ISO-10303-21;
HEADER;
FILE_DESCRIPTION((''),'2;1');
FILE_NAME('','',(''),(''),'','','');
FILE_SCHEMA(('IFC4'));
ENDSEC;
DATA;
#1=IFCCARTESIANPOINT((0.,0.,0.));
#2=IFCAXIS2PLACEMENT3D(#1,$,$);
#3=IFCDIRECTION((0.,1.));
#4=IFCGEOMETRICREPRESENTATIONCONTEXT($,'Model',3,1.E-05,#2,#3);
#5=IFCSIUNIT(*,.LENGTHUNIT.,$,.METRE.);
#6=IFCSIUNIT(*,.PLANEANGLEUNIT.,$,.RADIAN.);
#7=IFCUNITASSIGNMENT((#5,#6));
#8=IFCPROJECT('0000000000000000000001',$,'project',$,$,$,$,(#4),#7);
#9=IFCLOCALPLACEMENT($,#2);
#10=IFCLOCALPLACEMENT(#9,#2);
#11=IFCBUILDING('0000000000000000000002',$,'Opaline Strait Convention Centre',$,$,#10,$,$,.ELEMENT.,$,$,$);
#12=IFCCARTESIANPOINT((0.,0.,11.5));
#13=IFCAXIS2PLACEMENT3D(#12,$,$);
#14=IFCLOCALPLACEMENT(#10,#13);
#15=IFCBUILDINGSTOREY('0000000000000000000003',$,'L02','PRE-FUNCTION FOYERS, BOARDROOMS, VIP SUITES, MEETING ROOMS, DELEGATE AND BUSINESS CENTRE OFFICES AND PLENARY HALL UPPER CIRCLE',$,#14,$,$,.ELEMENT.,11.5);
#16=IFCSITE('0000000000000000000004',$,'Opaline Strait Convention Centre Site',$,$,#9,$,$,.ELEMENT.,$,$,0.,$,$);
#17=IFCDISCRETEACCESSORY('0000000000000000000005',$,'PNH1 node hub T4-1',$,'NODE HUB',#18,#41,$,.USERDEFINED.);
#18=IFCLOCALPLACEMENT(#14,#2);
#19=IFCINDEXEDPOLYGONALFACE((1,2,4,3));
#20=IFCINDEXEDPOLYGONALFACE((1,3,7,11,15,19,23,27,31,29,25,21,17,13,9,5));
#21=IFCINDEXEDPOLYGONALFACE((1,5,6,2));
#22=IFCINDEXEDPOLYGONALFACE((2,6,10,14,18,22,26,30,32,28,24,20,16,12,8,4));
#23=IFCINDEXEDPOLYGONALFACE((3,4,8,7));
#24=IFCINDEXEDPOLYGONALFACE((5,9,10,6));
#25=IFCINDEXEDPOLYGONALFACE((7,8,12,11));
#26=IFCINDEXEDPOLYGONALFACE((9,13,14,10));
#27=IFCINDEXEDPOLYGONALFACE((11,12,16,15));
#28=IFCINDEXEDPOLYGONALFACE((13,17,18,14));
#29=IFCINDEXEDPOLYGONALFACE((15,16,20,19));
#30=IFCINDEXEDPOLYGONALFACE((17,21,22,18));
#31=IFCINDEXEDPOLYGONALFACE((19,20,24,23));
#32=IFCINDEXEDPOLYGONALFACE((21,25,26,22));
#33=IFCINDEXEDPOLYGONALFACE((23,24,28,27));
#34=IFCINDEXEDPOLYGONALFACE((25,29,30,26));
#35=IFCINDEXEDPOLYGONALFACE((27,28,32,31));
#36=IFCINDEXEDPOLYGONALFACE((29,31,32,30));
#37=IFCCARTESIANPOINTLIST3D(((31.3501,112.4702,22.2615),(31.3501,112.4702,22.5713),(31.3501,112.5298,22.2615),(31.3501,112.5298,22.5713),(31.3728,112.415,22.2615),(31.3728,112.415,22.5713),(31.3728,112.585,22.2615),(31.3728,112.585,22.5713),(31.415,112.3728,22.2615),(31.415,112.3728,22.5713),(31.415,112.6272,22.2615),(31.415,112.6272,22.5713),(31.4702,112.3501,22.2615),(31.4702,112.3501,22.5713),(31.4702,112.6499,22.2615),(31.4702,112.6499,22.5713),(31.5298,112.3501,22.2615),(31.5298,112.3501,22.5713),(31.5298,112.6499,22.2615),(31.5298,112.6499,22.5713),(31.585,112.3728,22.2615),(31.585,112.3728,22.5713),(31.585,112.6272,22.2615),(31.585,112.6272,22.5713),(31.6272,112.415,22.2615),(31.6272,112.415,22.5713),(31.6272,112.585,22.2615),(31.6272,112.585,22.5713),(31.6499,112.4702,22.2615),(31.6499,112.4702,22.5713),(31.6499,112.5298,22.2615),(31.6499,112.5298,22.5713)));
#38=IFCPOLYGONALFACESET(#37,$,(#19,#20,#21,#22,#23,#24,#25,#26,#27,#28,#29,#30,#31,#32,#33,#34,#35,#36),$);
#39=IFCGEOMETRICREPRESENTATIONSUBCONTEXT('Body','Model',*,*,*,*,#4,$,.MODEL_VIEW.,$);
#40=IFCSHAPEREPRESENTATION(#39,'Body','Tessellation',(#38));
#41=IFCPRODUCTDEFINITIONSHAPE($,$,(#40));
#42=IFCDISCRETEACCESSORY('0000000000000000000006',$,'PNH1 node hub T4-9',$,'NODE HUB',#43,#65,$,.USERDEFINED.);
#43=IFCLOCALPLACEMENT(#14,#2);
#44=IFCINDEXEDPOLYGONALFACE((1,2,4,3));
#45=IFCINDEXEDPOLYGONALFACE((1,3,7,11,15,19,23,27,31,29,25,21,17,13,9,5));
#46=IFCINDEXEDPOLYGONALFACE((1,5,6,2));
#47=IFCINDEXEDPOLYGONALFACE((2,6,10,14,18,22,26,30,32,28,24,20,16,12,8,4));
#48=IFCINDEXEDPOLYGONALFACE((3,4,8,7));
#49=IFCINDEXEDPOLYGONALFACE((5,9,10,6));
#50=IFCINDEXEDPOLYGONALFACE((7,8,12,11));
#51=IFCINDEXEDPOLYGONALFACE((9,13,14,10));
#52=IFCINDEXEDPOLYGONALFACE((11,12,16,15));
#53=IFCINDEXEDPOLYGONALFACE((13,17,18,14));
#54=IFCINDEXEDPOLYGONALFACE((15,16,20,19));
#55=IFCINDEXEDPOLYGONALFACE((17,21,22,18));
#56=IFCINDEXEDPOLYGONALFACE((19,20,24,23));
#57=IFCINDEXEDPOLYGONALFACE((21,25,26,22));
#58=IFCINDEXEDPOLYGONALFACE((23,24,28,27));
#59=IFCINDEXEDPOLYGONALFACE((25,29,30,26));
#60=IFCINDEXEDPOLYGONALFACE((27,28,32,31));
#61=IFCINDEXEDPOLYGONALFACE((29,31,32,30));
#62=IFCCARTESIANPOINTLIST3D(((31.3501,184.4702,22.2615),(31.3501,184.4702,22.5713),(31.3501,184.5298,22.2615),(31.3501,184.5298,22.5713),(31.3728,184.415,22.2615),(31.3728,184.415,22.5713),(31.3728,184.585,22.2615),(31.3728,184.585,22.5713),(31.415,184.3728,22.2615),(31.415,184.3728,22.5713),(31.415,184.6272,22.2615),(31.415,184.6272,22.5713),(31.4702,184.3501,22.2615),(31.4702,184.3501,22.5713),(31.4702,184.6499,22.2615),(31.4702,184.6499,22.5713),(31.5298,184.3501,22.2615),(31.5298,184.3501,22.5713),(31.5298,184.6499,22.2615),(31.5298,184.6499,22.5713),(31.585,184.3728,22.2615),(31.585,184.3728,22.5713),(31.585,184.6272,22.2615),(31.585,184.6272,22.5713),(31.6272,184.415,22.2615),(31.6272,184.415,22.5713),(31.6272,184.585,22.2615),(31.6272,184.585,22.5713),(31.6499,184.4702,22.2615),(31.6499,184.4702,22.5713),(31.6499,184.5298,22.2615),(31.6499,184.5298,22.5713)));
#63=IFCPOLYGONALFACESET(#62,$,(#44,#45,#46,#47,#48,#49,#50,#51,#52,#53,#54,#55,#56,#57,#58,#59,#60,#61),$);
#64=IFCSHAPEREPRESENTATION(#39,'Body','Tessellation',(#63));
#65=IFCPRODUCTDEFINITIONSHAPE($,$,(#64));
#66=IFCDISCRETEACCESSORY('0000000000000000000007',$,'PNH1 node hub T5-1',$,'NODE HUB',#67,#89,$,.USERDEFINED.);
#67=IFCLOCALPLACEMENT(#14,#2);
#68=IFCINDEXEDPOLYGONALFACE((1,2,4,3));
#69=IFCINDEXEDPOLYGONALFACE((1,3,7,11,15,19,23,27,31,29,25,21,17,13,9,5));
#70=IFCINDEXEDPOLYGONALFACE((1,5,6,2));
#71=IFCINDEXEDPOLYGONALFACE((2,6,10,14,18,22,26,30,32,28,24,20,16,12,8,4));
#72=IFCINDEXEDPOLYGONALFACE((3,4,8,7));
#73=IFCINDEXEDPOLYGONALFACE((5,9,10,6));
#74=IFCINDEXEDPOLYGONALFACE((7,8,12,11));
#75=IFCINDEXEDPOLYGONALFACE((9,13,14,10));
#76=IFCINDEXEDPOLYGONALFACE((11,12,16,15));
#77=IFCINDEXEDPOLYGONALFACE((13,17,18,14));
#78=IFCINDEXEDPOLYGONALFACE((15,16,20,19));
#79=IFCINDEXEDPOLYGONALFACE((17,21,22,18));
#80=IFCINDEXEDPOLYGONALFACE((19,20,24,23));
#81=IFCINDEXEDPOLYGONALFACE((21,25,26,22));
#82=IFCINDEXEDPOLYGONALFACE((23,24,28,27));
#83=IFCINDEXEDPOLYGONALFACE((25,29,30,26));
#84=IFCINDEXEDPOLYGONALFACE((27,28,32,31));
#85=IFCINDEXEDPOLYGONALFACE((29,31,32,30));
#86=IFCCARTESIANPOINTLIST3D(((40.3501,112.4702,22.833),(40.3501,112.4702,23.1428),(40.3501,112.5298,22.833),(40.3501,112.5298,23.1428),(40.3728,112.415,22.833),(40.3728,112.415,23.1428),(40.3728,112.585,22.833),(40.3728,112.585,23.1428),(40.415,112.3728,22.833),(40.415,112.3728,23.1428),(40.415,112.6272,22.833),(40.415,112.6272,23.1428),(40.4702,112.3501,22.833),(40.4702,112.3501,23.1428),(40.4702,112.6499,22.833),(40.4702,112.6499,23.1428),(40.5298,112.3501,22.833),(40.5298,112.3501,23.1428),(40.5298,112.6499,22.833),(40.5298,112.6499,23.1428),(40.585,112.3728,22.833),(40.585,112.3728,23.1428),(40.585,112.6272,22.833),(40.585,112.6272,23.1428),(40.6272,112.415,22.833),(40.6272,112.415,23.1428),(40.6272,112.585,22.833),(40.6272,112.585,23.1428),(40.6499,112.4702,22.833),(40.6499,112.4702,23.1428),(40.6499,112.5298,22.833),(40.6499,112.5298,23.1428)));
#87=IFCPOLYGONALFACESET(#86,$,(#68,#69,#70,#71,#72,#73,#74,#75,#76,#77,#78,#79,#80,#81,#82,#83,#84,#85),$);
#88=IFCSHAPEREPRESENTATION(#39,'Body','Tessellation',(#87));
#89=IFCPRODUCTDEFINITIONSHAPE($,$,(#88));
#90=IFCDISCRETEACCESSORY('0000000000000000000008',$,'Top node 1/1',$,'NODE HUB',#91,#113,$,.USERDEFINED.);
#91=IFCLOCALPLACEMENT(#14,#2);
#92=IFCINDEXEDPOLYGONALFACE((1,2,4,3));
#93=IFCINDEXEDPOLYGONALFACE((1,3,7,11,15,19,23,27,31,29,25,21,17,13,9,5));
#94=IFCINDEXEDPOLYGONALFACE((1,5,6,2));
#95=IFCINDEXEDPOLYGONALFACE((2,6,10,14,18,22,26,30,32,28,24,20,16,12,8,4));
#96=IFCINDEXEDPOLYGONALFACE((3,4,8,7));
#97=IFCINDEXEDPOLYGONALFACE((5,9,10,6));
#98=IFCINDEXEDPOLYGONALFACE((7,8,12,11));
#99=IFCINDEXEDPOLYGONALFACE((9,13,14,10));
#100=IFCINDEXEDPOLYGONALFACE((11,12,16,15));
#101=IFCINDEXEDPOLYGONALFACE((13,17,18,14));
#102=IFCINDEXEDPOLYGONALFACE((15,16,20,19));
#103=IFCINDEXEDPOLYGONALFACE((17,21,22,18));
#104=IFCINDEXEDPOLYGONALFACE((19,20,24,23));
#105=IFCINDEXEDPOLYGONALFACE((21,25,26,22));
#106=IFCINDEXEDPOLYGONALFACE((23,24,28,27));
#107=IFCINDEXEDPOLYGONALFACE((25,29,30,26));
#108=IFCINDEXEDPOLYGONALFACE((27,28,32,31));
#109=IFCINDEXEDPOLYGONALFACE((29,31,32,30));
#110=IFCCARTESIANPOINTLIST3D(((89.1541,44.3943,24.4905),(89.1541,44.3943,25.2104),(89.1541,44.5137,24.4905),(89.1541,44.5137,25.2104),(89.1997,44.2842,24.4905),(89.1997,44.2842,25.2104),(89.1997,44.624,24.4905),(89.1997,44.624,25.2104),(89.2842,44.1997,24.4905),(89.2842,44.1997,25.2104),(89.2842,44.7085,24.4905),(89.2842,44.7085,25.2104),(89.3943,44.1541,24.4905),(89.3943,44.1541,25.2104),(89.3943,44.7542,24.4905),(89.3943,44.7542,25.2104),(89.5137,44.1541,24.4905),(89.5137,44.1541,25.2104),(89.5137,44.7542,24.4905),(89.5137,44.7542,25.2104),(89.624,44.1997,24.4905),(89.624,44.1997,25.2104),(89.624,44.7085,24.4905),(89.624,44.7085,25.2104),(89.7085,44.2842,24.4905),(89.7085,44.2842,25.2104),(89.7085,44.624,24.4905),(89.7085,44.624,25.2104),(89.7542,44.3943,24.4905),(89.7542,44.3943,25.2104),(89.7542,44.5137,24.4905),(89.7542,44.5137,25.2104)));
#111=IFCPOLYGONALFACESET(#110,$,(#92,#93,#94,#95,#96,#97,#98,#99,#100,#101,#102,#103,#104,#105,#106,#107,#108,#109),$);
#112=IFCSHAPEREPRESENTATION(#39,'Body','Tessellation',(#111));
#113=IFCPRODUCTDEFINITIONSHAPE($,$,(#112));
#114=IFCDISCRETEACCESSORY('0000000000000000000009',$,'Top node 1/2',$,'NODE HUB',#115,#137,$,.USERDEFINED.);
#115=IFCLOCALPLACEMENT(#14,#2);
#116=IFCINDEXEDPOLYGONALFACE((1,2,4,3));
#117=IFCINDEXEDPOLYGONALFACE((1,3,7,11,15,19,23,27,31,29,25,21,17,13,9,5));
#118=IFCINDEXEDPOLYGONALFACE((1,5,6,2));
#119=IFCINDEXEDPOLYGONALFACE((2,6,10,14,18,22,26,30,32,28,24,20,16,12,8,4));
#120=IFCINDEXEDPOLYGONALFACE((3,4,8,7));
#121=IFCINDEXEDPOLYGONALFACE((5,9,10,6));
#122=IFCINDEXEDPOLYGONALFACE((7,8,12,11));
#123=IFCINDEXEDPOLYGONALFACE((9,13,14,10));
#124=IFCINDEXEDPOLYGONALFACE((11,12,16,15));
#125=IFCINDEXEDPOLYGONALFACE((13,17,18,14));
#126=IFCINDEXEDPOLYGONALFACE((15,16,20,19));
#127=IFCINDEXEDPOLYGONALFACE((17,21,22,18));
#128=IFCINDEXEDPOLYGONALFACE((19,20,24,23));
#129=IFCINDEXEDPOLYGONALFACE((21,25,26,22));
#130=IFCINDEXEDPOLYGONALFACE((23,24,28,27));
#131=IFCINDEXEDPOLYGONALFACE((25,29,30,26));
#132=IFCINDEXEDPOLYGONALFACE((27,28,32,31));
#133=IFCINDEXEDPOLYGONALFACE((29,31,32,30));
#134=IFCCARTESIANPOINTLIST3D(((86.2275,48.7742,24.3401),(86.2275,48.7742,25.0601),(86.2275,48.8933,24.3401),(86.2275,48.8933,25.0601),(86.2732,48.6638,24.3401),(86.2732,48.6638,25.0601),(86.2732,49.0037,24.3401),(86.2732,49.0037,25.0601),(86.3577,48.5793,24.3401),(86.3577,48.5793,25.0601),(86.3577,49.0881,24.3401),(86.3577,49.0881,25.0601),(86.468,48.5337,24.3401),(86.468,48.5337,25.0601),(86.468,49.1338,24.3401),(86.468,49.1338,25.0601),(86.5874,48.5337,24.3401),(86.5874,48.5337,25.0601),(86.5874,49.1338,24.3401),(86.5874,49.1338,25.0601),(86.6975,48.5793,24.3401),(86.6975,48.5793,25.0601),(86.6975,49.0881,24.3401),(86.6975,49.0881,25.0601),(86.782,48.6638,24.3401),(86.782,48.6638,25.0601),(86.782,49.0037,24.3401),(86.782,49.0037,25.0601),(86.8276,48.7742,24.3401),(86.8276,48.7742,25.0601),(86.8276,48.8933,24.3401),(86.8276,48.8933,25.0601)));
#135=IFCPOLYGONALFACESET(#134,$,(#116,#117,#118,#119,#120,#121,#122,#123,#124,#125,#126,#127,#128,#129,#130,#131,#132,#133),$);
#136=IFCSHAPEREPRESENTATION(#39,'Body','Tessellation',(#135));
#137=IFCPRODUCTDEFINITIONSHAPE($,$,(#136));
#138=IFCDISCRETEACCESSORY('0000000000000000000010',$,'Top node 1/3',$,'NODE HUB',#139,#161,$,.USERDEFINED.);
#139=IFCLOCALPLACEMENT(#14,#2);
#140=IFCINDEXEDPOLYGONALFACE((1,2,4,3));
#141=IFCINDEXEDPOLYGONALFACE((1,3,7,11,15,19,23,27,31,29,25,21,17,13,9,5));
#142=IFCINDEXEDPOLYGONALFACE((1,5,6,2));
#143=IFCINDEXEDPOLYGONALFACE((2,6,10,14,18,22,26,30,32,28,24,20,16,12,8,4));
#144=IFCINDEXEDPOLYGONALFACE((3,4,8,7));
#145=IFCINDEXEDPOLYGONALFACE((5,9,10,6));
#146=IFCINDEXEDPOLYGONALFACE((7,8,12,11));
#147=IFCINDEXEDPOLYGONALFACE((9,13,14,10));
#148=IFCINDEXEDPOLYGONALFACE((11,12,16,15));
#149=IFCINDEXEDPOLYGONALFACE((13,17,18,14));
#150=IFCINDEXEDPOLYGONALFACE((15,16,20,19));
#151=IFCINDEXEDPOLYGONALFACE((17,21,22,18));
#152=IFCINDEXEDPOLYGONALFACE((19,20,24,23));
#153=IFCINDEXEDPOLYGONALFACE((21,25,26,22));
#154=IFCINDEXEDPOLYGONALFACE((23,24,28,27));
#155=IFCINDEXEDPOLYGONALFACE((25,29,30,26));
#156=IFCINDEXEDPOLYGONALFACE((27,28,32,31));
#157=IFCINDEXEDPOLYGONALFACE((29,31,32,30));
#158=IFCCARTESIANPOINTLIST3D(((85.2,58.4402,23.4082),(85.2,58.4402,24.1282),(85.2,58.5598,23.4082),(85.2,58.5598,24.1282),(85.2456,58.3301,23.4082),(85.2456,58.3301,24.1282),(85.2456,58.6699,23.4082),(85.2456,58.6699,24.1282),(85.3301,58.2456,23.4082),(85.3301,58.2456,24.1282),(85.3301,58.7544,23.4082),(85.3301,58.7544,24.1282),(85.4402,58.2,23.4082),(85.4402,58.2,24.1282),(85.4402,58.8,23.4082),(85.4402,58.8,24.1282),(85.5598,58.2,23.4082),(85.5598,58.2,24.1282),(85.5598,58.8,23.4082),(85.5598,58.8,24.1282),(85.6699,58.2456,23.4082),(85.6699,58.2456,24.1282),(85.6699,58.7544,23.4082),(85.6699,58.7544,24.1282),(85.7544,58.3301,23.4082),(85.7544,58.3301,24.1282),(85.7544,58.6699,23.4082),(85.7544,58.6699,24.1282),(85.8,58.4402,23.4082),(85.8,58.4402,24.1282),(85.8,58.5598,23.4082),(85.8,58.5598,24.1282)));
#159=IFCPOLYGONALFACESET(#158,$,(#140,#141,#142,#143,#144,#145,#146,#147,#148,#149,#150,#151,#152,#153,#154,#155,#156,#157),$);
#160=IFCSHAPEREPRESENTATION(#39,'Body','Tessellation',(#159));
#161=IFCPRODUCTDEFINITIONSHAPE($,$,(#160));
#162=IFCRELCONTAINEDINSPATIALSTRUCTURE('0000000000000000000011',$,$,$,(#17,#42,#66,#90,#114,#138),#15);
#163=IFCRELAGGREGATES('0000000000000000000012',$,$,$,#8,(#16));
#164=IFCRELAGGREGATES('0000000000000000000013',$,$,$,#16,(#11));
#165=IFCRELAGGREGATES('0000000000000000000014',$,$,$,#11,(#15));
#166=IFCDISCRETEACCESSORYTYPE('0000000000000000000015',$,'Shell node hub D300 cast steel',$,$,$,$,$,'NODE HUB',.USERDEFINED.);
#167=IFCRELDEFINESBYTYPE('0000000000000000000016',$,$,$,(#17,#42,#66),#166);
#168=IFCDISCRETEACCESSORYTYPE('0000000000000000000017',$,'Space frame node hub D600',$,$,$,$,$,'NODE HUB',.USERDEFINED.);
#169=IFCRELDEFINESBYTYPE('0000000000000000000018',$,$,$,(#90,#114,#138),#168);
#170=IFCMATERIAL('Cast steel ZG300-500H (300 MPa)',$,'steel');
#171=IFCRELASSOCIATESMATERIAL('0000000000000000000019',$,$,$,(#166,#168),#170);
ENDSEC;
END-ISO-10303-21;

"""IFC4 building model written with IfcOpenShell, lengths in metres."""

from ifc_helpers import new_model, si_unit, direction, frame, origin, place, context, subcontext, project, spatial, polyline, outline, extrude, material, type_object, element, save


model = new_model("IFC4")

# Units and contexts
model_context = context("Model", 3, precision=1e-05, world=origin(), true_north=direction((0.0, 1.0)))
body_context = subcontext(model_context, "Body", "Model", "MODEL_VIEW")
ifc_project = project(units=[si_unit("LENGTHUNIT", "METRE"), si_unit("PLANEANGLEUNIT", "RADIAN")], contexts=[model_context])

# Site, building, storey
site_placement = place(None, origin())
site = spatial("IfcSite", under=ifc_project, at=site_placement, Name="Opaline Strait Convention Centre Site", CompositionType="ELEMENT", RefElevation=0.0)
building_placement = place(site_placement, origin())
building = spatial("IfcBuilding", under=site, at=building_placement, Name="Opaline Strait Convention Centre", CompositionType="ELEMENT")
storey_placement = place(building_placement, frame((0.0, 0.0, 11.5)))
storey = spatial("IfcBuildingStorey", under=building, at=storey_placement, Name="L02", Description="PRE-FUNCTION FOYERS, BOARDROOMS, VIP SUITES, MEETING ROOMS, DELEGATE AND BUSINESS CENTRE OFFICES AND PLENARY HALL UPPER CIRCLE", CompositionType="ELEMENT", Elevation=11.5)

# Discrete accessories
ifc_material = material(Name="Cast steel ZG300-500H (300 MPa)", Category="steel")
discrete_accessory_type_1 = type_object("IfcDiscreteAccessoryType", Name="Shell node hub D300 cast steel", ElementType="NODE HUB", PredefinedType="USERDEFINED", material=ifc_material)
discrete_accessory_1_placement = place(storey_placement, frame((0.0, 0.0, 22.2615)))
element("IfcDiscreteAccessory", 1, at=discrete_accessory_1_placement, inside=storey, type_object=discrete_accessory_type_1, Name="PNH1 node hub T4-1", ObjectType="NODE HUB", PredefinedType="USERDEFINED", context=body_context, shape_type="SweptSolid", body=[
    extrude(outline(polyline([(31.6499, 112.5298), (31.6272, 112.585), (31.585, 112.6272), (31.5298, 112.6499), (31.4702, 112.6499), (31.415, 112.6272), (31.3728, 112.585), (31.3501, 112.5298), (31.3501, 112.4702), (31.3728, 112.415), (31.415, 112.3728), (31.4702, 112.3501), (31.5298, 112.3501), (31.585, 112.3728), (31.6272, 112.415), (31.6499, 112.4702), (31.6499, 112.5298)])), origin(), (0.0, 0.0, 1.0), 0.3098),
])
discrete_accessory_2_placement = place(storey_placement, frame((0.0, 0.0, 22.2615)))
element("IfcDiscreteAccessory", 2, at=discrete_accessory_2_placement, inside=storey, type_object=discrete_accessory_type_1, Name="PNH1 node hub T4-9", ObjectType="NODE HUB", PredefinedType="USERDEFINED", context=body_context, shape_type="SweptSolid", body=[
    extrude(outline(polyline([(31.6499, 184.5298), (31.6272, 184.585), (31.585, 184.6272), (31.5298, 184.6499), (31.4702, 184.6499), (31.415, 184.6272), (31.3728, 184.585), (31.3501, 184.5298), (31.3501, 184.4702), (31.3728, 184.415), (31.415, 184.3728), (31.4702, 184.3501), (31.5298, 184.3501), (31.585, 184.3728), (31.6272, 184.415), (31.6499, 184.4702), (31.6499, 184.5298)])), origin(), (0.0, 0.0, 1.0), 0.3098),
])
discrete_accessory_3_placement = place(storey_placement, frame((0.0, 0.0, 22.833)))
element("IfcDiscreteAccessory", 3, at=discrete_accessory_3_placement, inside=storey, type_object=discrete_accessory_type_1, Name="PNH1 node hub T5-1", ObjectType="NODE HUB", PredefinedType="USERDEFINED", context=body_context, shape_type="SweptSolid", body=[
    extrude(outline(polyline([(40.6499, 112.5298), (40.6272, 112.585), (40.585, 112.6272), (40.5298, 112.6499), (40.4702, 112.6499), (40.415, 112.6272), (40.3728, 112.585), (40.3501, 112.5298), (40.3501, 112.4702), (40.3728, 112.415), (40.415, 112.3728), (40.4702, 112.3501), (40.5298, 112.3501), (40.585, 112.3728), (40.6272, 112.415), (40.6499, 112.4702), (40.6499, 112.5298)])), origin(), (0.0, 0.0, 1.0), 0.3098),
])
discrete_accessory_type_2 = type_object("IfcDiscreteAccessoryType", Name="Space frame node hub D600", ElementType="NODE HUB", PredefinedType="USERDEFINED", material=ifc_material)
discrete_accessory_4_placement = place(storey_placement, frame((0.0, 0.0, 24.4905)))
element("IfcDiscreteAccessory", 4, at=discrete_accessory_4_placement, inside=storey, type_object=discrete_accessory_type_2, Name="Top node 1/1", ObjectType="NODE HUB", PredefinedType="USERDEFINED", context=body_context, shape_type="SweptSolid", body=[
    extrude(outline(polyline([(89.7542, 44.5137), (89.7085, 44.624), (89.624, 44.7085), (89.5137, 44.7542), (89.3943, 44.7542), (89.2842, 44.7085), (89.1997, 44.624), (89.1541, 44.5137), (89.1541, 44.3943), (89.1997, 44.2842), (89.2842, 44.1997), (89.3943, 44.1541), (89.5137, 44.1541), (89.624, 44.1997), (89.7085, 44.2842), (89.7542, 44.3943), (89.7542, 44.5137)])), origin(), (0.0, 0.0, 1.0), 0.72),
])
discrete_accessory_5_placement = place(storey_placement, frame((0.0, 0.0, 24.3401)))
element("IfcDiscreteAccessory", 5, at=discrete_accessory_5_placement, inside=storey, type_object=discrete_accessory_type_2, Name="Top node 1/2", ObjectType="NODE HUB", PredefinedType="USERDEFINED", context=body_context, shape_type="SweptSolid", body=[
    extrude(outline(polyline([(86.8276, 48.8933), (86.782, 49.0037), (86.6975, 49.0881), (86.5874, 49.1338), (86.468, 49.1338), (86.3577, 49.0881), (86.2732, 49.0037), (86.2275, 48.8933), (86.2275, 48.7742), (86.2732, 48.6638), (86.3577, 48.5793), (86.468, 48.5337), (86.5874, 48.5337), (86.6975, 48.5793), (86.782, 48.6638), (86.8276, 48.7742), (86.8276, 48.8933)])), origin(), (0.0, 0.0, 1.0), 0.72),
])
discrete_accessory_6_placement = place(storey_placement, frame((0.0, 0.0, 23.4082)))
element("IfcDiscreteAccessory", 6, at=discrete_accessory_6_placement, inside=storey, type_object=discrete_accessory_type_2, Name="Top node 1/3", ObjectType="NODE HUB", PredefinedType="USERDEFINED", context=body_context, shape_type="SweptSolid", body=[
    extrude(outline(polyline([(85.8, 58.5598), (85.7544, 58.6699), (85.6699, 58.7544), (85.5598, 58.8), (85.4402, 58.8), (85.3301, 58.7544), (85.2456, 58.6699), (85.2, 58.5598), (85.2, 58.4402), (85.2456, 58.3301), (85.3301, 58.2456), (85.4402, 58.2), (85.5598, 58.2), (85.6699, 58.2456), (85.7544, 58.3301), (85.8, 58.4402), (85.8, 58.5598)])), origin(), (0.0, 0.0, 1.0), 0.72),
])

save(model, "model.ifc")
